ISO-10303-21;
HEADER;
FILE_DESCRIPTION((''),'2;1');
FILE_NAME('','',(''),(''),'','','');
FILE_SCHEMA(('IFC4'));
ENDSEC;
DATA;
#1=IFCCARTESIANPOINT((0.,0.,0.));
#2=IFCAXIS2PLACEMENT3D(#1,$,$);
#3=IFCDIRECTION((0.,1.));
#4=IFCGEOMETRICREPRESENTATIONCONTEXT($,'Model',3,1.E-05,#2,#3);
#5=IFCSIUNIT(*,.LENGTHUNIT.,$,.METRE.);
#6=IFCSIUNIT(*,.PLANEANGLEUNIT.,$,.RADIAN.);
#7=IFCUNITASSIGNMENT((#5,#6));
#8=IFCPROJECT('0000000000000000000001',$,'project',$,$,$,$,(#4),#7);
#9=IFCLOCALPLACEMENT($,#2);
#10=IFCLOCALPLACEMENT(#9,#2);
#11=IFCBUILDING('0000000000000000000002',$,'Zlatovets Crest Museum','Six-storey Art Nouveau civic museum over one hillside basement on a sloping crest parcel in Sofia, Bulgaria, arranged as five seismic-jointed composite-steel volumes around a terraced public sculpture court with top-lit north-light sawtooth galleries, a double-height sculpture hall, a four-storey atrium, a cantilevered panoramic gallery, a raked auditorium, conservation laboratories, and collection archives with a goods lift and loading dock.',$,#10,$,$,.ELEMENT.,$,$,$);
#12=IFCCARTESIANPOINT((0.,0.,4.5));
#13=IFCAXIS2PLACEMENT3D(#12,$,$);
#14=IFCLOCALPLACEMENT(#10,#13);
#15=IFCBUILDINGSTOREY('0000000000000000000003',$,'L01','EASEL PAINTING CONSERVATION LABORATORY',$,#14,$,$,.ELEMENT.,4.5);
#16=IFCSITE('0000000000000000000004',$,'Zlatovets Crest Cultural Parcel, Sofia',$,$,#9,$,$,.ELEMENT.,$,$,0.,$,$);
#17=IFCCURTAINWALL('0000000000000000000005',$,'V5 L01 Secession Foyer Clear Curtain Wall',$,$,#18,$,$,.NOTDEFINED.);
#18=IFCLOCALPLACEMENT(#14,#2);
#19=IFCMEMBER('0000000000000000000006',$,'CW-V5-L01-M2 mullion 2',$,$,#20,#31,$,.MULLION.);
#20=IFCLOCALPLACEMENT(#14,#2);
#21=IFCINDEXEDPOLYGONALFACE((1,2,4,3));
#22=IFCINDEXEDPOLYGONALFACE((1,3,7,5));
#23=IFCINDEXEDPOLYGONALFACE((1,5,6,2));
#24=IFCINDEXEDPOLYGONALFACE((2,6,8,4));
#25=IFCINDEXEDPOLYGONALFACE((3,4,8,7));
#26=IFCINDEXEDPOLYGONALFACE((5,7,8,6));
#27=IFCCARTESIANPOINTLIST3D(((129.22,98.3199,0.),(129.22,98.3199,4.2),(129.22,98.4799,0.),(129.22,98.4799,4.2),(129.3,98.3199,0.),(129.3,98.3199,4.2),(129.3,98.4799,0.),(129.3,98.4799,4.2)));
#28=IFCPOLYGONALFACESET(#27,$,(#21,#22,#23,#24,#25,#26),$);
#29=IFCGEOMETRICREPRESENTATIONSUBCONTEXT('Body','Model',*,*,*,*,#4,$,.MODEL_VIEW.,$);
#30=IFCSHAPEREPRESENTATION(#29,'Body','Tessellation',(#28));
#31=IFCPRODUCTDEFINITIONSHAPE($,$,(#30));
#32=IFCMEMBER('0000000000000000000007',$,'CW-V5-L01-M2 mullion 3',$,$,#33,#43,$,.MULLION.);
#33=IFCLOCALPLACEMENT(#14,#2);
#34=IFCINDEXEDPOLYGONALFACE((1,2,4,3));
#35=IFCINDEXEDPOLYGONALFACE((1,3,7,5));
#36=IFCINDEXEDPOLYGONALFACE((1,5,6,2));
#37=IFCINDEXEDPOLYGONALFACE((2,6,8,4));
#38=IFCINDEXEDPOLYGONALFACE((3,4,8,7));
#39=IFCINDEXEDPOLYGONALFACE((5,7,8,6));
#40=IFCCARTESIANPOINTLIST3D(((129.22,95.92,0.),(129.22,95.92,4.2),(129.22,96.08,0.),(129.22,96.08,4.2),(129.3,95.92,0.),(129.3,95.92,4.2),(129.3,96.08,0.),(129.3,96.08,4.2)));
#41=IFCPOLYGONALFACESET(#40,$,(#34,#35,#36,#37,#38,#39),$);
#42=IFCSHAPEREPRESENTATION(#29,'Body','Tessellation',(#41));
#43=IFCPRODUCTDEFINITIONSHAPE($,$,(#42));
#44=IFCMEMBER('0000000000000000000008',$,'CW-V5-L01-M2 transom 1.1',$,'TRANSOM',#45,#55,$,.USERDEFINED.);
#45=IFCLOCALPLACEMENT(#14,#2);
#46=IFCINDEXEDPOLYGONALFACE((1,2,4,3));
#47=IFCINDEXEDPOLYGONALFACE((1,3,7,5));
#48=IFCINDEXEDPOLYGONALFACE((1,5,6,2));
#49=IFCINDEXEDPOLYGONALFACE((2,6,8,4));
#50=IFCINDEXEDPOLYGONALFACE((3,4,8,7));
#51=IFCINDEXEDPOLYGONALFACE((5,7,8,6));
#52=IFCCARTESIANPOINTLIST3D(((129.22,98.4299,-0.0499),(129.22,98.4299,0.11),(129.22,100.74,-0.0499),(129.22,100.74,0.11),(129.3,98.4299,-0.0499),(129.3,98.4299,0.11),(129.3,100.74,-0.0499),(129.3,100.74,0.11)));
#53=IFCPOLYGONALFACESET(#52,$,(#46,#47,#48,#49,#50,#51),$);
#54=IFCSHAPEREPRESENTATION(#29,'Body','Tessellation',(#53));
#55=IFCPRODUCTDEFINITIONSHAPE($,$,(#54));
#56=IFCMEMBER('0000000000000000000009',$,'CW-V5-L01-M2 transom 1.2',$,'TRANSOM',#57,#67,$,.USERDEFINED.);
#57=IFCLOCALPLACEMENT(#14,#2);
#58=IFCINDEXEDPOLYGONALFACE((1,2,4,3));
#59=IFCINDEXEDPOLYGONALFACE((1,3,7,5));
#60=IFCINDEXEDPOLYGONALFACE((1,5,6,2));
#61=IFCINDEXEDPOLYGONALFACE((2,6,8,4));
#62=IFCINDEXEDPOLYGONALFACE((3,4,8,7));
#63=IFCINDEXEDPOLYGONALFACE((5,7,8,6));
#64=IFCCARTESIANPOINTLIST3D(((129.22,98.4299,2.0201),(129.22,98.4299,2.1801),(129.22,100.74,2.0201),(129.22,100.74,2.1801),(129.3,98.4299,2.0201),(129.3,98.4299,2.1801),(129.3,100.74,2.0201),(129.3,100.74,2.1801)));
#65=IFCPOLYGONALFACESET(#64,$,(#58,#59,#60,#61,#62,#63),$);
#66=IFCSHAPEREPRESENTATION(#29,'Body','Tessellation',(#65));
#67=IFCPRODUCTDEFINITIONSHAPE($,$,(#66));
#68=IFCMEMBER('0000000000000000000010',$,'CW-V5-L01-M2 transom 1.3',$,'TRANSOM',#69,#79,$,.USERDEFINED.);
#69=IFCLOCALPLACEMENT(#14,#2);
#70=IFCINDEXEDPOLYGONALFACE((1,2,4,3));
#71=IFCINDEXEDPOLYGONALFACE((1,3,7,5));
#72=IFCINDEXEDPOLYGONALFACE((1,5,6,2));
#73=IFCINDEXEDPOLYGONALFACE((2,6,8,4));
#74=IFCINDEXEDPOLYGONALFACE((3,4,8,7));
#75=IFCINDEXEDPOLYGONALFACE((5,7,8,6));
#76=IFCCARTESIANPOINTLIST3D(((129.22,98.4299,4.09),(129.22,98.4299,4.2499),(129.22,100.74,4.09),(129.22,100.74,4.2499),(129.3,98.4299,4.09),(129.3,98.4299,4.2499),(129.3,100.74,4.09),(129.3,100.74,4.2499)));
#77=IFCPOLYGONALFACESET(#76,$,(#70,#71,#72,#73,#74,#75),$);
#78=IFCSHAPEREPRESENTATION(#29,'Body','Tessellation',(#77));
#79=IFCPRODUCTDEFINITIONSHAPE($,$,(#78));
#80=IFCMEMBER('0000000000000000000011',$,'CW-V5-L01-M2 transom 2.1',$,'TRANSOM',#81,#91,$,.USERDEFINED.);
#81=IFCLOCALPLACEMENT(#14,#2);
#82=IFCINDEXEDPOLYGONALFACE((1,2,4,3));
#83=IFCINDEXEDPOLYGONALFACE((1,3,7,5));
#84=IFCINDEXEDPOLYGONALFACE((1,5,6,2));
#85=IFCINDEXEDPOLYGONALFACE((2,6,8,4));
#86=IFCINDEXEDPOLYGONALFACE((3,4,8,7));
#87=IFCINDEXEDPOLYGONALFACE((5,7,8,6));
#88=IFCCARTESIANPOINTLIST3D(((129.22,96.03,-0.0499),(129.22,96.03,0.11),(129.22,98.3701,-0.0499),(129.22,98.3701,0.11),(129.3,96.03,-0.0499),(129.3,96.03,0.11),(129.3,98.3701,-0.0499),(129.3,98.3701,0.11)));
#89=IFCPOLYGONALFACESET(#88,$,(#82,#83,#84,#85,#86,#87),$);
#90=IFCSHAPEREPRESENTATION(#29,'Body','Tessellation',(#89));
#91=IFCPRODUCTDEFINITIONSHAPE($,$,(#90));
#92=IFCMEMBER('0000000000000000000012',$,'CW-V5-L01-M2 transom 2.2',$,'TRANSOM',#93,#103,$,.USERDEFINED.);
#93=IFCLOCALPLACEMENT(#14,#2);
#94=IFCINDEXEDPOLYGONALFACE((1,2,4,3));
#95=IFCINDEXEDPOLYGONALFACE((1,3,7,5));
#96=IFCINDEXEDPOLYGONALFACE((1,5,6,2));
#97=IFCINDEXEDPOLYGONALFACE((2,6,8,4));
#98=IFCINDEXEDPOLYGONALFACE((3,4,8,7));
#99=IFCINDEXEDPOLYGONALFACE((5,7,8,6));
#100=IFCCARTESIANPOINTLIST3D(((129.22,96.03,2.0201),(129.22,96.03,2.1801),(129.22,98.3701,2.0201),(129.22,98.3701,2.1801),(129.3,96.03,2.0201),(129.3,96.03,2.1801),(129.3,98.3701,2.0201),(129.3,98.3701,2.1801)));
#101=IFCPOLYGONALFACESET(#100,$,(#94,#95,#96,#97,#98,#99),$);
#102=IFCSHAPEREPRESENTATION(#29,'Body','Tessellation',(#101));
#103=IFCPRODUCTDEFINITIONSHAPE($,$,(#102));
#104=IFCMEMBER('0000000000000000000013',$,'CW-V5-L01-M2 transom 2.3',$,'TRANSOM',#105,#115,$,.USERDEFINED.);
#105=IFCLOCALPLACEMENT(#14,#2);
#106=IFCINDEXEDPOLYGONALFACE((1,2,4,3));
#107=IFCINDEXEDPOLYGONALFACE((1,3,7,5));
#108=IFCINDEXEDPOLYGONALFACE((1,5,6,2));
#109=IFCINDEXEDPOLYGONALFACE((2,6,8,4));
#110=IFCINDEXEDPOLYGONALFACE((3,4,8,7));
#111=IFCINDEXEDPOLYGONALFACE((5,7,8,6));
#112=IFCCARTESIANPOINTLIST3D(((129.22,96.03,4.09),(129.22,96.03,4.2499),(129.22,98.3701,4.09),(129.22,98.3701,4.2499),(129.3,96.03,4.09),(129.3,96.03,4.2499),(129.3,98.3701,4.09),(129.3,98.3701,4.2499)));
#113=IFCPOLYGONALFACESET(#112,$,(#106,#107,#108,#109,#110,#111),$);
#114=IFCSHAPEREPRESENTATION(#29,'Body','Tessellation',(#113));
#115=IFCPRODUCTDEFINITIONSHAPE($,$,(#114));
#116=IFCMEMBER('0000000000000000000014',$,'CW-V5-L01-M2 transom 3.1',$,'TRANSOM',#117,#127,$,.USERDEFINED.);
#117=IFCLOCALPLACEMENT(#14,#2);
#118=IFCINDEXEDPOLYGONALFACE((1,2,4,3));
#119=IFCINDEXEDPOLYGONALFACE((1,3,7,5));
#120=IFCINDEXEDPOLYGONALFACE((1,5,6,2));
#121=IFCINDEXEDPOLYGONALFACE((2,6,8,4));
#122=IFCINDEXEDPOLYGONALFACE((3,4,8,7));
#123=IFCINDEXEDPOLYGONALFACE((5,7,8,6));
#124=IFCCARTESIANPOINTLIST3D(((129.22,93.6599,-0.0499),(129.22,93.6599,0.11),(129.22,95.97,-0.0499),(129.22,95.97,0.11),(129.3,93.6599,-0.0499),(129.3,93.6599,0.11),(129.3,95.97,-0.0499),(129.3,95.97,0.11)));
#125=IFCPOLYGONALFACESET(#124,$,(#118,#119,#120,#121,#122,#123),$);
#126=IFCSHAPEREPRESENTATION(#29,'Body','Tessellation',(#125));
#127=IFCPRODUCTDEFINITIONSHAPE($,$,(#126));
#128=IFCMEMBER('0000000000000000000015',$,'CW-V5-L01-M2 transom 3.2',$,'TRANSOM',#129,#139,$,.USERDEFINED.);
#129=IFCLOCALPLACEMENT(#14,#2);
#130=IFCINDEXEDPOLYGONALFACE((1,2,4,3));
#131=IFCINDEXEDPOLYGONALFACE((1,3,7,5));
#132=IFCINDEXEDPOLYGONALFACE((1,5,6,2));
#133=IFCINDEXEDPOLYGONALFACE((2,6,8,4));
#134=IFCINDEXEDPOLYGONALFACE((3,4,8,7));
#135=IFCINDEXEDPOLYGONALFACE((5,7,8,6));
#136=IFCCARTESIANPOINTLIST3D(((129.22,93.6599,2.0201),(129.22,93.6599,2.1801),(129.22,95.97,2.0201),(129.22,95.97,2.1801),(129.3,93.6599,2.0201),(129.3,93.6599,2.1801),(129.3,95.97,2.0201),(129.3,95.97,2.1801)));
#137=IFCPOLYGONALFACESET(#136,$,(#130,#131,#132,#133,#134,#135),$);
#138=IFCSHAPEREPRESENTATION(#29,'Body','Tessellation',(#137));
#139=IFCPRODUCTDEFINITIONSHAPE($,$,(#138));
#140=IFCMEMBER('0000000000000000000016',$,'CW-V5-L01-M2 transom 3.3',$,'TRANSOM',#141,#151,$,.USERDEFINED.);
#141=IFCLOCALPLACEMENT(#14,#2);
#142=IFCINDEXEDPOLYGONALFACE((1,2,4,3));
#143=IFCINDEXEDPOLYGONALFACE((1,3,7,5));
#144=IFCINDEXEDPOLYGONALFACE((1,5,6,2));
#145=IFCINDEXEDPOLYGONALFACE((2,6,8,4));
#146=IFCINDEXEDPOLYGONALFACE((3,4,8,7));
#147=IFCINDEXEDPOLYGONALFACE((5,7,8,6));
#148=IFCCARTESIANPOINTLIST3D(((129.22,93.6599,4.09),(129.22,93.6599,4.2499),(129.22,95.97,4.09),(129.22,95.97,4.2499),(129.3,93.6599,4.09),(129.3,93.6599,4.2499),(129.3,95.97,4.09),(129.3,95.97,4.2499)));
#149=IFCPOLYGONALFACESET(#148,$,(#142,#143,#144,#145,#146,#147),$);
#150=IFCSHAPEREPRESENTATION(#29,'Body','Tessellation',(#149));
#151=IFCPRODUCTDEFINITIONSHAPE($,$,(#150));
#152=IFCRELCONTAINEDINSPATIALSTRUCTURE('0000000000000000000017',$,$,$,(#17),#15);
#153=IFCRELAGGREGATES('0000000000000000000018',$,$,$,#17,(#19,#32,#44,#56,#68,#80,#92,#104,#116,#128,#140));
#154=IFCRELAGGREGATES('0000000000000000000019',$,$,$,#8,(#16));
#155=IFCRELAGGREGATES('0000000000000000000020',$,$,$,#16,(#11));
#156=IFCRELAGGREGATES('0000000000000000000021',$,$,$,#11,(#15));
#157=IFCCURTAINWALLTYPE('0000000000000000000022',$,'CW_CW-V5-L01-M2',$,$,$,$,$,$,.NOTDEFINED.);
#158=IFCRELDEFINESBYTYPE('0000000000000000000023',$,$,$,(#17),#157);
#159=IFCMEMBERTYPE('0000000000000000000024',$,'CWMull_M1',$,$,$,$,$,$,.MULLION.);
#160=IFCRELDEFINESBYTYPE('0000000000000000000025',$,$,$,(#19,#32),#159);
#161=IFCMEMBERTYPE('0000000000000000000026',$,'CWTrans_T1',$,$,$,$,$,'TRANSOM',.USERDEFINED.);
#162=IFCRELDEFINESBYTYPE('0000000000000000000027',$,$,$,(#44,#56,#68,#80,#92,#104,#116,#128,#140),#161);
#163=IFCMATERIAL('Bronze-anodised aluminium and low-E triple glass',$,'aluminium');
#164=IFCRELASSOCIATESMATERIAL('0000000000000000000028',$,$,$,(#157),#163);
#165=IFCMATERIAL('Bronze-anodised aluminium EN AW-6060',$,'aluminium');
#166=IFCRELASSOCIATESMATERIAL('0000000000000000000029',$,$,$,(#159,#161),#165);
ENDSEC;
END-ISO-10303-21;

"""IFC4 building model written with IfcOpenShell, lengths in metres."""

from ifc_helpers import new_model, si_unit, direction, frame, origin, origin_2d, place, context, subcontext, project, spatial, rectangle, extrude, material, material_profile, profile_set, type_object, element, aggregate, save


model = new_model("IFC4")

# Units and contexts
model_context = context("Model", 3, precision=1e-05, world=origin(), true_north=direction((0.0, 1.0)))
body_context = subcontext(model_context, "Body", "Model", "MODEL_VIEW")
ifc_project = project(units=[si_unit("LENGTHUNIT", "METRE"), si_unit("PLANEANGLEUNIT", "RADIAN")], contexts=[model_context])

# Site, building, storey
site_placement = place(None, origin())
site = spatial("IfcSite", under=ifc_project, at=site_placement, Name="Zlatovets Crest Cultural Parcel, Sofia", CompositionType="ELEMENT", RefElevation=0.0)
building_placement = place(site_placement, origin())
building = spatial("IfcBuilding", under=site, at=building_placement, Name="Zlatovets Crest Museum", Description="Six-storey Art Nouveau civic museum over one hillside basement on a sloping crest parcel in Sofia, Bulgaria, arranged as five seismic-jointed composite-steel volumes around a terraced public sculpture court with top-lit north-light sawtooth galleries, a double-height sculpture hall, a four-storey atrium, a cantilevered panoramic gallery, a raked auditorium, conservation laboratories, and collection archives with a goods lift and loading dock.", CompositionType="ELEMENT")
storey_placement = place(building_placement, frame((0.0, 0.0, 4.5)))
storey = spatial("IfcBuildingStorey", under=building, at=storey_placement, Name="L01", Description="EASEL PAINTING CONSERVATION LABORATORY", CompositionType="ELEMENT", Elevation=4.5)

# Curtain wall, members
ifc_material_1 = material(Name="Bronze-anodised aluminium and low-E triple glass", Category="aluminium")
curtain_wall_type = type_object("IfcCurtainWallType", Name="CW_CW-V5-L01-M2", PredefinedType="NOTDEFINED", material=ifc_material_1)
curtain_wall_placement = place(storey_placement, origin())
curtain_wall = element("IfcCurtainWall", 1, at=curtain_wall_placement, inside=storey, type_object=curtain_wall_type, Name="V5 L01 Secession Foyer Clear Curtain Wall", PredefinedType="NOTDEFINED")
ifc_material_2 = material(Name="Bronze-anodised aluminium EN AW-6060", Category="aluminium")
ifc_material_profile_1 = material_profile(ifc_material_2, rectangle(XDim=0.0801, YDim=0.1599, at=origin_2d()), Name="ALU 80x160")
ifc_profile_set_1 = profile_set([ifc_material_profile_1], Name="Bronze-anodised aluminium EN AW-6060")
member_type_1 = type_object("IfcMemberType", Name="CWMull_M1", PredefinedType="MULLION", material=ifc_profile_set_1)
member_1_placement = place(storey_placement, frame((129.26, 98.3999, 0.0), z_axis=(0.0, 0.0, 1.0), x_axis=(1.0, 0.0, 0.0)))
member_1 = element("IfcMember", 2, at=member_1_placement, type_object=member_type_1, Name="CW-V5-L01-M2 mullion 2", PredefinedType="MULLION", context=body_context, shape_type="SweptSolid", body=[
    extrude(rectangle(XDim=0.0801, YDim=0.1599, at=origin_2d()), origin(), (0.0, 0.0, 1.0), 4.2),
])
member_2_placement = place(storey_placement, frame((129.26, 96.0, 0.0), z_axis=(0.0, 0.0, 1.0), x_axis=(1.0, 0.0, 0.0)))
member_2 = element("IfcMember", 3, at=member_2_placement, type_object=member_type_1, Name="CW-V5-L01-M2 mullion 3", PredefinedType="MULLION", context=body_context, shape_type="SweptSolid", body=[
    extrude(rectangle(XDim=0.0801, YDim=0.1599, at=origin_2d()), origin(), (0.0, 0.0, 1.0), 4.2),
])
ifc_material_profile_2 = material_profile(ifc_material_2, rectangle(XDim=0.0801, YDim=0.1599, at=origin_2d()), Name="ALU 80x160")
ifc_profile_set_2 = profile_set([ifc_material_profile_2], Name="Bronze-anodised aluminium EN AW-6060")
member_type_2 = type_object("IfcMemberType", Name="CWTrans_T1", ElementType="TRANSOM", PredefinedType="USERDEFINED", material=ifc_profile_set_2)
member_3_placement = place(storey_placement, frame((129.26, 100.74, 0.03), z_axis=(0.0, -1.0, 0.0), x_axis=(1.0, 0.0, 0.0)))
member_3 = element("IfcMember", 4, at=member_3_placement, type_object=member_type_2, Name="CW-V5-L01-M2 transom 1.1", ObjectType="TRANSOM", PredefinedType="USERDEFINED", context=body_context, shape_type="SweptSolid", body=[
    extrude(rectangle(XDim=0.0801, YDim=0.1599, at=origin_2d()), origin(), (0.0, 0.0, 1.0), 2.3101),
])
member_4_placement = place(storey_placement, frame((129.26, 100.74, 2.1001), z_axis=(0.0, -1.0, 0.0), x_axis=(1.0, 0.0, 0.0)))
member_4 = element("IfcMember", 5, at=member_4_placement, type_object=member_type_2, Name="CW-V5-L01-M2 transom 1.2", ObjectType="TRANSOM", PredefinedType="USERDEFINED", context=body_context, shape_type="SweptSolid", body=[
    extrude(rectangle(XDim=0.0801, YDim=0.1599, at=origin_2d()), origin(), (0.0, 0.0, 1.0), 2.3101),
])
member_5_placement = place(storey_placement, frame((129.26, 100.74, 4.1699), z_axis=(0.0, -1.0, 0.0), x_axis=(1.0, 0.0, 0.0)))
member_5 = element("IfcMember", 6, at=member_5_placement, type_object=member_type_2, Name="CW-V5-L01-M2 transom 1.3", ObjectType="TRANSOM", PredefinedType="USERDEFINED", context=body_context, shape_type="SweptSolid", body=[
    extrude(rectangle(XDim=0.0801, YDim=0.1599, at=origin_2d()), origin(), (0.0, 0.0, 1.0), 2.3101),
])
member_6_placement = place(storey_placement, frame((129.26, 98.3701, 0.03), z_axis=(0.0, -1.0, 0.0), x_axis=(1.0, 0.0, 0.0)))
member_6 = element("IfcMember", 7, at=member_6_placement, type_object=member_type_2, Name="CW-V5-L01-M2 transom 2.1", ObjectType="TRANSOM", PredefinedType="USERDEFINED", context=body_context, shape_type="SweptSolid", body=[
    extrude(rectangle(XDim=0.0801, YDim=0.1599, at=origin_2d()), origin(), (0.0, 0.0, 1.0), 2.3401),
])
member_7_placement = place(storey_placement, frame((129.26, 98.3701, 2.1001), z_axis=(0.0, -1.0, 0.0), x_axis=(1.0, 0.0, 0.0)))
member_7 = element("IfcMember", 8, at=member_7_placement, type_object=member_type_2, Name="CW-V5-L01-M2 transom 2.2", ObjectType="TRANSOM", PredefinedType="USERDEFINED", context=body_context, shape_type="SweptSolid", body=[
    extrude(rectangle(XDim=0.0801, YDim=0.1599, at=origin_2d()), origin(), (0.0, 0.0, 1.0), 2.3401),
])
member_8_placement = place(storey_placement, frame((129.26, 98.3701, 4.1699), z_axis=(0.0, -1.0, 0.0), x_axis=(1.0, 0.0, 0.0)))
member_8 = element("IfcMember", 9, at=member_8_placement, type_object=member_type_2, Name="CW-V5-L01-M2 transom 2.3", ObjectType="TRANSOM", PredefinedType="USERDEFINED", context=body_context, shape_type="SweptSolid", body=[
    extrude(rectangle(XDim=0.0801, YDim=0.1599, at=origin_2d()), origin(), (0.0, 0.0, 1.0), 2.3401),
])
member_9_placement = place(storey_placement, frame((129.26, 95.97, 0.03), z_axis=(0.0, -1.0, 0.0), x_axis=(1.0, 0.0, 0.0)))
member_9 = element("IfcMember", 10, at=member_9_placement, type_object=member_type_2, Name="CW-V5-L01-M2 transom 3.1", ObjectType="TRANSOM", PredefinedType="USERDEFINED", context=body_context, shape_type="SweptSolid", body=[
    extrude(rectangle(XDim=0.0801, YDim=0.1599, at=origin_2d()), origin(), (0.0, 0.0, 1.0), 2.3101),
])
member_10_placement = place(storey_placement, frame((129.26, 95.97, 2.1001), z_axis=(0.0, -1.0, 0.0), x_axis=(1.0, 0.0, 0.0)))
member_10 = element("IfcMember", 11, at=member_10_placement, type_object=member_type_2, Name="CW-V5-L01-M2 transom 3.2", ObjectType="TRANSOM", PredefinedType="USERDEFINED", context=body_context, shape_type="SweptSolid", body=[
    extrude(rectangle(XDim=0.0801, YDim=0.1599, at=origin_2d()), origin(), (0.0, 0.0, 1.0), 2.3101),
])
member_11_placement = place(storey_placement, frame((129.26, 95.97, 4.1699), z_axis=(0.0, -1.0, 0.0), x_axis=(1.0, 0.0, 0.0)))
member_11 = element("IfcMember", 12, at=member_11_placement, type_object=member_type_2, Name="CW-V5-L01-M2 transom 3.3", ObjectType="TRANSOM", PredefinedType="USERDEFINED", context=body_context, shape_type="SweptSolid", body=[
    extrude(rectangle(XDim=0.0801, YDim=0.1599, at=origin_2d()), origin(), (0.0, 0.0, 1.0), 2.3101),
])

aggregate(curtain_wall, [member_1, member_2, member_3, member_4, member_5, member_6, member_7, member_8, member_9, member_10, member_11])

save(model, "model.ifc")
